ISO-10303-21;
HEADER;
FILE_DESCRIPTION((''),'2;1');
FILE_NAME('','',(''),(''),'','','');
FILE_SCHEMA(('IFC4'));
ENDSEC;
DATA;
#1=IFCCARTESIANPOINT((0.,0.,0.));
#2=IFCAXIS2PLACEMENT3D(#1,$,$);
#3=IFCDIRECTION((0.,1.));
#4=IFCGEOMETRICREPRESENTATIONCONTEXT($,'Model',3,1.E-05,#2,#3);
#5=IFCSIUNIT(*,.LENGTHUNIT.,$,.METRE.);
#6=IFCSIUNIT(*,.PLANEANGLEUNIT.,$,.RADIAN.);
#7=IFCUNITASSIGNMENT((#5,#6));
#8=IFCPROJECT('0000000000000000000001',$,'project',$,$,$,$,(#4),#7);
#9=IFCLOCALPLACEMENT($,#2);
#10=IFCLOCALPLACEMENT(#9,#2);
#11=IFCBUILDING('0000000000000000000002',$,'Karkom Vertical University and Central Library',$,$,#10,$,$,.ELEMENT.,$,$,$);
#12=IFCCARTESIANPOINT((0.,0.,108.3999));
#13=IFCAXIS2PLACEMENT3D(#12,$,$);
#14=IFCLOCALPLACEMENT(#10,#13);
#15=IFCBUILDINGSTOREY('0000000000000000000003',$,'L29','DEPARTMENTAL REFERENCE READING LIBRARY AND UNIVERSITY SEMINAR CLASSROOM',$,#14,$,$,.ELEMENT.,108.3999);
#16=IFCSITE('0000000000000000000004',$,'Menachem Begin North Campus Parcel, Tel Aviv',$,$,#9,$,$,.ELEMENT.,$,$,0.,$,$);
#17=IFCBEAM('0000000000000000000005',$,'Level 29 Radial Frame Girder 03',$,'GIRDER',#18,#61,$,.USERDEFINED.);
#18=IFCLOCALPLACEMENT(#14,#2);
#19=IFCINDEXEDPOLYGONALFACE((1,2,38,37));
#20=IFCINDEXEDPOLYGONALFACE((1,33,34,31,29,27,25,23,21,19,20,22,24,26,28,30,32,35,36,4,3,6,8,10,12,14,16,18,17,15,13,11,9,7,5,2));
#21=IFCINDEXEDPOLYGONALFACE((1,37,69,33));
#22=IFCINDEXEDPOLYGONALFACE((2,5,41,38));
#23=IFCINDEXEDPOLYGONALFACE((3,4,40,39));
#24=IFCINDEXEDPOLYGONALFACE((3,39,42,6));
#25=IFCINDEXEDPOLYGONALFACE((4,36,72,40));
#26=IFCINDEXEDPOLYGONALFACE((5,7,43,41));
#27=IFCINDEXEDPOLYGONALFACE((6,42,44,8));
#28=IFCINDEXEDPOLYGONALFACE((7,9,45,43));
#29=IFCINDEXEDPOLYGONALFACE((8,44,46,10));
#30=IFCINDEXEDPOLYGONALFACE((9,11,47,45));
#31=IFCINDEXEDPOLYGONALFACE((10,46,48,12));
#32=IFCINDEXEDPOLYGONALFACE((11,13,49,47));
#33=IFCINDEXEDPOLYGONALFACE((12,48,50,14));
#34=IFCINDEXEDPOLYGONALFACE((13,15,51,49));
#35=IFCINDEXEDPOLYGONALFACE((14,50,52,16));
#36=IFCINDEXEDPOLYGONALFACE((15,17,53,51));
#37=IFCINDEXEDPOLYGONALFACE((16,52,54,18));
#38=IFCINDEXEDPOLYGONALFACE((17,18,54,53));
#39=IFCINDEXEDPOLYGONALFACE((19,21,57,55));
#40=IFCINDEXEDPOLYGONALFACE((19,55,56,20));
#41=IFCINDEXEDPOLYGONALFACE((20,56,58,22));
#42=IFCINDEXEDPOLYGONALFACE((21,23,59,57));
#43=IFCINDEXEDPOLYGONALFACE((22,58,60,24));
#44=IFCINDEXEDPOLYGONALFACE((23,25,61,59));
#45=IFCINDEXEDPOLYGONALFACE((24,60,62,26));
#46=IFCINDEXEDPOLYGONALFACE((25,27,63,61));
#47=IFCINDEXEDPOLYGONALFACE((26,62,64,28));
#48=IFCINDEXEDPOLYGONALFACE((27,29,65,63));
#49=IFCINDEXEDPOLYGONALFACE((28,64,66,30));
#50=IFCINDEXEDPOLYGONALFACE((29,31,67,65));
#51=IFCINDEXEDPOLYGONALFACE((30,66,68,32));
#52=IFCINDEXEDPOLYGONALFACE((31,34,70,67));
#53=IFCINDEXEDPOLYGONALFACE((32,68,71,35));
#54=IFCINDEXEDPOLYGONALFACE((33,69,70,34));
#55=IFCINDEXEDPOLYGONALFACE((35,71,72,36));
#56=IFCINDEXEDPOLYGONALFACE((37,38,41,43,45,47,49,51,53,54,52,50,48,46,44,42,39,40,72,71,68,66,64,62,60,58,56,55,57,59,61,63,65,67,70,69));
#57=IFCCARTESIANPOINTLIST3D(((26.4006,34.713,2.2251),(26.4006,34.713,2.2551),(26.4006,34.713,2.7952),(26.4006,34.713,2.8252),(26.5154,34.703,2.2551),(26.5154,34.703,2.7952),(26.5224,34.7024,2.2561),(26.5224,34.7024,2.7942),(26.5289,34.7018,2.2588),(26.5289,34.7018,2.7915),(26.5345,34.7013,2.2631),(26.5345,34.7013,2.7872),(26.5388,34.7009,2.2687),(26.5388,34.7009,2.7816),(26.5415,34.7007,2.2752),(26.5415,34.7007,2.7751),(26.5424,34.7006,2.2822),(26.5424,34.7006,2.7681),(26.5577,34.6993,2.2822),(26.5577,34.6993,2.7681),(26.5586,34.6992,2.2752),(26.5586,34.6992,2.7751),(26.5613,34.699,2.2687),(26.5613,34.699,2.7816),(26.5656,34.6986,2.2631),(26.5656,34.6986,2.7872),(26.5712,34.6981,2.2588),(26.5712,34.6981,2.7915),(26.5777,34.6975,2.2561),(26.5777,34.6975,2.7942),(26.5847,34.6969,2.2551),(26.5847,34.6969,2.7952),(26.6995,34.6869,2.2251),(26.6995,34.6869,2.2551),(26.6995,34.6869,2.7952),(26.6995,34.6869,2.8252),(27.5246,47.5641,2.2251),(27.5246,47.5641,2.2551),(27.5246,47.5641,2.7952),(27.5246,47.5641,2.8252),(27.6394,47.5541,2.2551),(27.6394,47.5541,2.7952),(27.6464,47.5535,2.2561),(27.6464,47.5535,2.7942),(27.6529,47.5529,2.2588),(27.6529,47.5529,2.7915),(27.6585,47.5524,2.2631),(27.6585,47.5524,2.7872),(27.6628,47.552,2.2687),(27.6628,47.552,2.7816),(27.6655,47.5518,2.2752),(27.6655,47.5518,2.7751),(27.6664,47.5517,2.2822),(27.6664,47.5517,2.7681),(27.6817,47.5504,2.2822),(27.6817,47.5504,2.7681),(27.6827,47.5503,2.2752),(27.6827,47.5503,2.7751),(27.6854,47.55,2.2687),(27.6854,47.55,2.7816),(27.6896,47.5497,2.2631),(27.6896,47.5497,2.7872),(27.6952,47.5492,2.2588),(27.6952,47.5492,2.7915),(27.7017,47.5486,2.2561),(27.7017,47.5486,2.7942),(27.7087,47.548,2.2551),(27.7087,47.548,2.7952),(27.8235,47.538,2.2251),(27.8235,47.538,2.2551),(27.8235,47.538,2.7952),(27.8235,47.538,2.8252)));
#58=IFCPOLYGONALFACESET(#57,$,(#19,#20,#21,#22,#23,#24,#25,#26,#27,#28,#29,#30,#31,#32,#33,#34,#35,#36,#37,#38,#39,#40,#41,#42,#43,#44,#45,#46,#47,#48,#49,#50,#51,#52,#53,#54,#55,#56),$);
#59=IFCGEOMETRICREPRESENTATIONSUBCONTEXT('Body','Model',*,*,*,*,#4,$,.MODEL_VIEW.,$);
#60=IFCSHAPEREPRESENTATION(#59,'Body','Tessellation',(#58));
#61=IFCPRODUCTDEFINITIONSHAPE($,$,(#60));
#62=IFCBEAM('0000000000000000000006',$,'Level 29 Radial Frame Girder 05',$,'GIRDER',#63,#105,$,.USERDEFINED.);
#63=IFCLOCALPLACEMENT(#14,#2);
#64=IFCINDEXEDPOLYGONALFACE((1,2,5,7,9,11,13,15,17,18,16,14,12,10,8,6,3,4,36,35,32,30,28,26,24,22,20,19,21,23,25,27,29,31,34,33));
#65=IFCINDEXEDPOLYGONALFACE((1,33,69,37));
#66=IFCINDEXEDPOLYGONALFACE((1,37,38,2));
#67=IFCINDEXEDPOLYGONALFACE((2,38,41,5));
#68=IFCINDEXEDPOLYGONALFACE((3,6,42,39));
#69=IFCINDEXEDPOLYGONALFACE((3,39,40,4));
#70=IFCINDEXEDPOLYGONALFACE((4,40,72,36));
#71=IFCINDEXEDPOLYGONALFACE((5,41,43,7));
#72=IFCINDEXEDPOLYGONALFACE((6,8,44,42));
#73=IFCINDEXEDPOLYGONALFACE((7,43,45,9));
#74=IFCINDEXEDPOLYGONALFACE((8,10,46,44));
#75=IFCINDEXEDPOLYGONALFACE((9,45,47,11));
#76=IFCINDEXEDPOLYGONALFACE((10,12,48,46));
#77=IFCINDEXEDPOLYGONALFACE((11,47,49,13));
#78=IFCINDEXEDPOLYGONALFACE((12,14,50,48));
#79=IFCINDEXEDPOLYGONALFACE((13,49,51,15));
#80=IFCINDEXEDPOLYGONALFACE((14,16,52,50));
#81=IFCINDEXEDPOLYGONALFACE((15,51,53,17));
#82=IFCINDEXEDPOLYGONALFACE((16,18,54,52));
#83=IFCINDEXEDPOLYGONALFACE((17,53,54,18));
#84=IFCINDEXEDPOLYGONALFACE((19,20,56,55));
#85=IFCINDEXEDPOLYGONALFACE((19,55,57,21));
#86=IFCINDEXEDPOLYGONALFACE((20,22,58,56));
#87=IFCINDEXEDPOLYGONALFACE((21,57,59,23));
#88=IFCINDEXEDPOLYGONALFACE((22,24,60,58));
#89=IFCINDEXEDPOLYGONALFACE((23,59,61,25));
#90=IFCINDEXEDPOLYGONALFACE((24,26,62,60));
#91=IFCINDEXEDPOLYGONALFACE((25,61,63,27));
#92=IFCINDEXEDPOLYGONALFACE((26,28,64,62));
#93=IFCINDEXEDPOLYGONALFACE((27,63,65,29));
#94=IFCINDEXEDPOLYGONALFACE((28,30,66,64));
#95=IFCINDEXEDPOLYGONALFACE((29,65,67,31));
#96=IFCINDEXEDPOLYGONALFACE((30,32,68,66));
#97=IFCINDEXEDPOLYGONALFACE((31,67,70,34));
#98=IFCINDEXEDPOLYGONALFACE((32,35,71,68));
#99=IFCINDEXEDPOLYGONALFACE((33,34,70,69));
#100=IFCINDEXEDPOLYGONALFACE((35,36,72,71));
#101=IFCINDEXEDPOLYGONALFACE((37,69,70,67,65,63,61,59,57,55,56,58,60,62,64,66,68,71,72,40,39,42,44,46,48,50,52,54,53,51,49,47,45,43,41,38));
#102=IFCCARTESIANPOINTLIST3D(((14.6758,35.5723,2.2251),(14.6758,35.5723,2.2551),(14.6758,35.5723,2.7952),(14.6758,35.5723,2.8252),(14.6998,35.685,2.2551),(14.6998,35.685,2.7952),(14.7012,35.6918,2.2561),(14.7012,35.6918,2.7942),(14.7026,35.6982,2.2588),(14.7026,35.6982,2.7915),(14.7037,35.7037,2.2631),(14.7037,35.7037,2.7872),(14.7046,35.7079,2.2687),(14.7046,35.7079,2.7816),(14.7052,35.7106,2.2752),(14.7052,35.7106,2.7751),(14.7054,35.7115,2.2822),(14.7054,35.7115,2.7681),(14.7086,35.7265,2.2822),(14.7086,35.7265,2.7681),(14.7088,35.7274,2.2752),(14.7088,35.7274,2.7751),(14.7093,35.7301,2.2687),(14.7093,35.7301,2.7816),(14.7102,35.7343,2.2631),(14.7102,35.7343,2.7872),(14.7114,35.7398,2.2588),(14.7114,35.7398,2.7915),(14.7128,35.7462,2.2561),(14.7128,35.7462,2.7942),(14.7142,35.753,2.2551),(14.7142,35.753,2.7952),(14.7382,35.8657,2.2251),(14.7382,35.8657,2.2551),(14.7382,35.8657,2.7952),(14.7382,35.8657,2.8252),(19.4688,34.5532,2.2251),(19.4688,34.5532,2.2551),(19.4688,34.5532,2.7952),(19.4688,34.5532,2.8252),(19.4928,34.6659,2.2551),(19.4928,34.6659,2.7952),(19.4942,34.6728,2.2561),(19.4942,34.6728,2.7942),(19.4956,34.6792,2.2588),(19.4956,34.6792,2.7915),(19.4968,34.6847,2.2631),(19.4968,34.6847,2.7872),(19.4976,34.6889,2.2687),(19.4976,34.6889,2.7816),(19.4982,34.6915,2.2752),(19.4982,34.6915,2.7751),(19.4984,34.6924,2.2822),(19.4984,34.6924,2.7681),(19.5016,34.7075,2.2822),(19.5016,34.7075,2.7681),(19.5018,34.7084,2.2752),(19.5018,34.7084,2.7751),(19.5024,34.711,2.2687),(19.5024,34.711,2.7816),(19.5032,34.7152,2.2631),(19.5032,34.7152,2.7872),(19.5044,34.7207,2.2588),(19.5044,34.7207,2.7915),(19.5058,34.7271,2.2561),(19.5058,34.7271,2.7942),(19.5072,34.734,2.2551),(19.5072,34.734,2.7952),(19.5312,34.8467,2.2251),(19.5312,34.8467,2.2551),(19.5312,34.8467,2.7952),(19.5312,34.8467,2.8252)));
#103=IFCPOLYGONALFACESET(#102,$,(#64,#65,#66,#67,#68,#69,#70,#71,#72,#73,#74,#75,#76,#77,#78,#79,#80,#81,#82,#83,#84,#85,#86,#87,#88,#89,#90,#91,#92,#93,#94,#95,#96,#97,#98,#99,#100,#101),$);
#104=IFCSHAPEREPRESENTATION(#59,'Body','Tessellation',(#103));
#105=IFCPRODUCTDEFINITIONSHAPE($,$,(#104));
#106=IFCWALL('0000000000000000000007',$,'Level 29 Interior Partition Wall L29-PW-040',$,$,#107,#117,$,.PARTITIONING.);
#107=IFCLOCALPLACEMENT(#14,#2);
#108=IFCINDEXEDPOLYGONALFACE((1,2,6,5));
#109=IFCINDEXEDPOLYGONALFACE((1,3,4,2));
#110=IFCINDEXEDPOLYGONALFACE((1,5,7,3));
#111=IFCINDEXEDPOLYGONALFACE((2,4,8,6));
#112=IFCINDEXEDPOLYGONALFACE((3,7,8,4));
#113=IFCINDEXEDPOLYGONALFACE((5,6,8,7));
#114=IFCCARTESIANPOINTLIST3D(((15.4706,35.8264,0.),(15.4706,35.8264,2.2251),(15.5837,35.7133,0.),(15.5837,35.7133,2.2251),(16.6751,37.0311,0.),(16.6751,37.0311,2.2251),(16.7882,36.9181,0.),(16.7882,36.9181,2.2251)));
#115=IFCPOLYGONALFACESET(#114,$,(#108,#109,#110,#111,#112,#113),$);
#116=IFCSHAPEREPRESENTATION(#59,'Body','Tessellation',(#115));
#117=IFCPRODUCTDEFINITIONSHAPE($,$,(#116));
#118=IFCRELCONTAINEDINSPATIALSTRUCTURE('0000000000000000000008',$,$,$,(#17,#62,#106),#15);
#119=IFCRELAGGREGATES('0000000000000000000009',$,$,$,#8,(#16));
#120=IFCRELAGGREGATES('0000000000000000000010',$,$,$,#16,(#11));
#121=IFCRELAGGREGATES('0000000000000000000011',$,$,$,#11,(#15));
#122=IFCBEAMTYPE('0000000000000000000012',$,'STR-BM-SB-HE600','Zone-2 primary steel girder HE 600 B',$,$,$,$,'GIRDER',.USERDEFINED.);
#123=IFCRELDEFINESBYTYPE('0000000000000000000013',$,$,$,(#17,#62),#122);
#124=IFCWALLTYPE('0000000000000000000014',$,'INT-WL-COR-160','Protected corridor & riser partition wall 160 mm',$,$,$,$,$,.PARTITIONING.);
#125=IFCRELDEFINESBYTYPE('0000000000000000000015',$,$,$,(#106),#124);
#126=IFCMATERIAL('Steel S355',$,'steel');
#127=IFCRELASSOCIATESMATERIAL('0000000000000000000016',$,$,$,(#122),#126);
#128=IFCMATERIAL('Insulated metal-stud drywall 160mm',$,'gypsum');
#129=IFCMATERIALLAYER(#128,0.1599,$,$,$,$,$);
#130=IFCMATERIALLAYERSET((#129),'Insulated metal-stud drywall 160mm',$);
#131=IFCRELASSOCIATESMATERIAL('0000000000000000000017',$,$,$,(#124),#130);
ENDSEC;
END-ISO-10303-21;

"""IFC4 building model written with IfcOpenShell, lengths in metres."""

from ifc_helpers import new_model, si_unit, direction, frame, frame_2d, origin, origin_with_axes, origin_2d, place, context, subcontext, project, spatial, rectangle, i_section, extrude, source, transform, mapped, material, layer, layer_set, material_profile, profile_set, type_object, element, save


model = new_model("IFC4")

# Units and contexts
model_context = context("Model", 3, precision=1e-05, world=origin(), true_north=direction((0.0, 1.0)))
body_context = subcontext(model_context, "Body", "Model", "MODEL_VIEW")
ifc_project = project(units=[si_unit("LENGTHUNIT", "METRE"), si_unit("PLANEANGLEUNIT", "RADIAN")], contexts=[model_context])

# Site, building, storey
site_placement = place(None, origin())
site = spatial("IfcSite", under=ifc_project, at=site_placement, Name="Menachem Begin North Campus Parcel, Tel Aviv", CompositionType="ELEMENT", RefElevation=0.0)
building_placement = place(site_placement, origin())
building = spatial("IfcBuilding", under=site, at=building_placement, Name="Karkom Vertical University and Central Library", CompositionType="ELEMENT")
storey_placement = place(building_placement, frame((0.0, 0.0, 108.3999)))
storey = spatial("IfcBuildingStorey", under=building, at=storey_placement, Name="L29", Description="DEPARTMENTAL REFERENCE READING LIBRARY AND UNIVERSITY SEMINAR CLASSROOM", CompositionType="ELEMENT", Elevation=108.3999)

# Beams
ifc_material_1 = material(Name="Steel S355", Category="steel")
ifc_material_profile_1 = material_profile(ifc_material_1, i_section(OverallWidth=0.3, OverallDepth=0.6001, WebThickness=0.0154, FlangeThickness=0.03, FilletRadius=0.0271, at=origin_2d()), Name="HE 600 B")
ifc_profile_set_1 = profile_set([ifc_material_profile_1], Name="Steel S355")
beam_type_1 = type_object("IfcBeamType", Name="STR-BM-SB-HE600", Description="Zone-2 primary steel girder HE 600 B", ElementType="GIRDER", PredefinedType="USERDEFINED", material=ifc_profile_set_1)
shared_shape_1 = source(origin_with_axes(), body_context, "Body", "SweptSolid", [
    extrude(i_section(OverallWidth=0.3, OverallDepth=0.6001, WebThickness=0.0154, FlangeThickness=0.03, FilletRadius=0.0271, at=origin_2d()), origin(), (0.0, 0.0, 1.0), 12.9001),
])
beam_1_placement = place(storey_placement, frame((26.55, 34.7, 2.5251), z_axis=(0.087133, 0.996197, 0.0), x_axis=(-0.996197, 0.087133, 0.0)))
element("IfcBeam", 1, at=beam_1_placement, inside=storey, type_object=beam_type_1, Name="Level 29 Radial Frame Girder 03", ObjectType="GIRDER", PredefinedType="USERDEFINED", context=body_context, shape_type="MappedRepresentation", body=[
    mapped(shared_shape_1, transform((0.0, 0.0, 0.0), scale=1.0)),
])
shared_shape_2 = source(origin_with_axes(), body_context, "Body", "SweptSolid", [
    extrude(i_section(OverallWidth=0.3, OverallDepth=0.6001, WebThickness=0.0154, FlangeThickness=0.03, FilletRadius=0.0271, at=origin_2d()), origin(), (0.0, 0.0, 1.0), 4.9001),
])
beam_2_placement = place(storey_placement, frame((19.5, 34.7, 2.5251), z_axis=(-0.978137, 0.207964, 0.0), x_axis=(-0.207964, -0.978137, 0.0)))
element("IfcBeam", 2, at=beam_2_placement, inside=storey, type_object=beam_type_1, Name="Level 29 Radial Frame Girder 05", ObjectType="GIRDER", PredefinedType="USERDEFINED", context=body_context, shape_type="MappedRepresentation", body=[
    mapped(shared_shape_2, transform((0.0, 0.0, 0.0), scale=1.0)),
])

# Wall
ifc_material_2 = material(Name="Insulated metal-stud drywall 160mm", Category="gypsum")
ifc_layer_1 = layer(ifc_material_2, 0.1599)
ifc_layer_set_1 = layer_set([ifc_layer_1], Name="Insulated metal-stud drywall 160mm")
wall_type_1 = type_object("IfcWallType", Name="INT-WL-COR-160", Description="Protected corridor & riser partition wall 160 mm", PredefinedType="PARTITIONING", material=ifc_layer_set_1)
wall_1_placement = place(storey_placement, frame((16.7317, 36.9746, 0.0), z_axis=(0.0, 0.0, 1.0), x_axis=(-0.707035, -0.707178, 0.0)))
element("IfcWall", 3, at=wall_1_placement, inside=storey, type_object=wall_type_1, Name="Level 29 Interior Partition Wall L29-PW-040", PredefinedType="PARTITIONING", context=body_context, shape_type="SweptSolid", body=[
    extrude(rectangle(XDim=1.7036, YDim=0.1599, at=frame_2d((0.8518, 0.0))), origin(), (0.0, 0.0, 1.0), 2.2251),
])

save(model, "model.ifc")
